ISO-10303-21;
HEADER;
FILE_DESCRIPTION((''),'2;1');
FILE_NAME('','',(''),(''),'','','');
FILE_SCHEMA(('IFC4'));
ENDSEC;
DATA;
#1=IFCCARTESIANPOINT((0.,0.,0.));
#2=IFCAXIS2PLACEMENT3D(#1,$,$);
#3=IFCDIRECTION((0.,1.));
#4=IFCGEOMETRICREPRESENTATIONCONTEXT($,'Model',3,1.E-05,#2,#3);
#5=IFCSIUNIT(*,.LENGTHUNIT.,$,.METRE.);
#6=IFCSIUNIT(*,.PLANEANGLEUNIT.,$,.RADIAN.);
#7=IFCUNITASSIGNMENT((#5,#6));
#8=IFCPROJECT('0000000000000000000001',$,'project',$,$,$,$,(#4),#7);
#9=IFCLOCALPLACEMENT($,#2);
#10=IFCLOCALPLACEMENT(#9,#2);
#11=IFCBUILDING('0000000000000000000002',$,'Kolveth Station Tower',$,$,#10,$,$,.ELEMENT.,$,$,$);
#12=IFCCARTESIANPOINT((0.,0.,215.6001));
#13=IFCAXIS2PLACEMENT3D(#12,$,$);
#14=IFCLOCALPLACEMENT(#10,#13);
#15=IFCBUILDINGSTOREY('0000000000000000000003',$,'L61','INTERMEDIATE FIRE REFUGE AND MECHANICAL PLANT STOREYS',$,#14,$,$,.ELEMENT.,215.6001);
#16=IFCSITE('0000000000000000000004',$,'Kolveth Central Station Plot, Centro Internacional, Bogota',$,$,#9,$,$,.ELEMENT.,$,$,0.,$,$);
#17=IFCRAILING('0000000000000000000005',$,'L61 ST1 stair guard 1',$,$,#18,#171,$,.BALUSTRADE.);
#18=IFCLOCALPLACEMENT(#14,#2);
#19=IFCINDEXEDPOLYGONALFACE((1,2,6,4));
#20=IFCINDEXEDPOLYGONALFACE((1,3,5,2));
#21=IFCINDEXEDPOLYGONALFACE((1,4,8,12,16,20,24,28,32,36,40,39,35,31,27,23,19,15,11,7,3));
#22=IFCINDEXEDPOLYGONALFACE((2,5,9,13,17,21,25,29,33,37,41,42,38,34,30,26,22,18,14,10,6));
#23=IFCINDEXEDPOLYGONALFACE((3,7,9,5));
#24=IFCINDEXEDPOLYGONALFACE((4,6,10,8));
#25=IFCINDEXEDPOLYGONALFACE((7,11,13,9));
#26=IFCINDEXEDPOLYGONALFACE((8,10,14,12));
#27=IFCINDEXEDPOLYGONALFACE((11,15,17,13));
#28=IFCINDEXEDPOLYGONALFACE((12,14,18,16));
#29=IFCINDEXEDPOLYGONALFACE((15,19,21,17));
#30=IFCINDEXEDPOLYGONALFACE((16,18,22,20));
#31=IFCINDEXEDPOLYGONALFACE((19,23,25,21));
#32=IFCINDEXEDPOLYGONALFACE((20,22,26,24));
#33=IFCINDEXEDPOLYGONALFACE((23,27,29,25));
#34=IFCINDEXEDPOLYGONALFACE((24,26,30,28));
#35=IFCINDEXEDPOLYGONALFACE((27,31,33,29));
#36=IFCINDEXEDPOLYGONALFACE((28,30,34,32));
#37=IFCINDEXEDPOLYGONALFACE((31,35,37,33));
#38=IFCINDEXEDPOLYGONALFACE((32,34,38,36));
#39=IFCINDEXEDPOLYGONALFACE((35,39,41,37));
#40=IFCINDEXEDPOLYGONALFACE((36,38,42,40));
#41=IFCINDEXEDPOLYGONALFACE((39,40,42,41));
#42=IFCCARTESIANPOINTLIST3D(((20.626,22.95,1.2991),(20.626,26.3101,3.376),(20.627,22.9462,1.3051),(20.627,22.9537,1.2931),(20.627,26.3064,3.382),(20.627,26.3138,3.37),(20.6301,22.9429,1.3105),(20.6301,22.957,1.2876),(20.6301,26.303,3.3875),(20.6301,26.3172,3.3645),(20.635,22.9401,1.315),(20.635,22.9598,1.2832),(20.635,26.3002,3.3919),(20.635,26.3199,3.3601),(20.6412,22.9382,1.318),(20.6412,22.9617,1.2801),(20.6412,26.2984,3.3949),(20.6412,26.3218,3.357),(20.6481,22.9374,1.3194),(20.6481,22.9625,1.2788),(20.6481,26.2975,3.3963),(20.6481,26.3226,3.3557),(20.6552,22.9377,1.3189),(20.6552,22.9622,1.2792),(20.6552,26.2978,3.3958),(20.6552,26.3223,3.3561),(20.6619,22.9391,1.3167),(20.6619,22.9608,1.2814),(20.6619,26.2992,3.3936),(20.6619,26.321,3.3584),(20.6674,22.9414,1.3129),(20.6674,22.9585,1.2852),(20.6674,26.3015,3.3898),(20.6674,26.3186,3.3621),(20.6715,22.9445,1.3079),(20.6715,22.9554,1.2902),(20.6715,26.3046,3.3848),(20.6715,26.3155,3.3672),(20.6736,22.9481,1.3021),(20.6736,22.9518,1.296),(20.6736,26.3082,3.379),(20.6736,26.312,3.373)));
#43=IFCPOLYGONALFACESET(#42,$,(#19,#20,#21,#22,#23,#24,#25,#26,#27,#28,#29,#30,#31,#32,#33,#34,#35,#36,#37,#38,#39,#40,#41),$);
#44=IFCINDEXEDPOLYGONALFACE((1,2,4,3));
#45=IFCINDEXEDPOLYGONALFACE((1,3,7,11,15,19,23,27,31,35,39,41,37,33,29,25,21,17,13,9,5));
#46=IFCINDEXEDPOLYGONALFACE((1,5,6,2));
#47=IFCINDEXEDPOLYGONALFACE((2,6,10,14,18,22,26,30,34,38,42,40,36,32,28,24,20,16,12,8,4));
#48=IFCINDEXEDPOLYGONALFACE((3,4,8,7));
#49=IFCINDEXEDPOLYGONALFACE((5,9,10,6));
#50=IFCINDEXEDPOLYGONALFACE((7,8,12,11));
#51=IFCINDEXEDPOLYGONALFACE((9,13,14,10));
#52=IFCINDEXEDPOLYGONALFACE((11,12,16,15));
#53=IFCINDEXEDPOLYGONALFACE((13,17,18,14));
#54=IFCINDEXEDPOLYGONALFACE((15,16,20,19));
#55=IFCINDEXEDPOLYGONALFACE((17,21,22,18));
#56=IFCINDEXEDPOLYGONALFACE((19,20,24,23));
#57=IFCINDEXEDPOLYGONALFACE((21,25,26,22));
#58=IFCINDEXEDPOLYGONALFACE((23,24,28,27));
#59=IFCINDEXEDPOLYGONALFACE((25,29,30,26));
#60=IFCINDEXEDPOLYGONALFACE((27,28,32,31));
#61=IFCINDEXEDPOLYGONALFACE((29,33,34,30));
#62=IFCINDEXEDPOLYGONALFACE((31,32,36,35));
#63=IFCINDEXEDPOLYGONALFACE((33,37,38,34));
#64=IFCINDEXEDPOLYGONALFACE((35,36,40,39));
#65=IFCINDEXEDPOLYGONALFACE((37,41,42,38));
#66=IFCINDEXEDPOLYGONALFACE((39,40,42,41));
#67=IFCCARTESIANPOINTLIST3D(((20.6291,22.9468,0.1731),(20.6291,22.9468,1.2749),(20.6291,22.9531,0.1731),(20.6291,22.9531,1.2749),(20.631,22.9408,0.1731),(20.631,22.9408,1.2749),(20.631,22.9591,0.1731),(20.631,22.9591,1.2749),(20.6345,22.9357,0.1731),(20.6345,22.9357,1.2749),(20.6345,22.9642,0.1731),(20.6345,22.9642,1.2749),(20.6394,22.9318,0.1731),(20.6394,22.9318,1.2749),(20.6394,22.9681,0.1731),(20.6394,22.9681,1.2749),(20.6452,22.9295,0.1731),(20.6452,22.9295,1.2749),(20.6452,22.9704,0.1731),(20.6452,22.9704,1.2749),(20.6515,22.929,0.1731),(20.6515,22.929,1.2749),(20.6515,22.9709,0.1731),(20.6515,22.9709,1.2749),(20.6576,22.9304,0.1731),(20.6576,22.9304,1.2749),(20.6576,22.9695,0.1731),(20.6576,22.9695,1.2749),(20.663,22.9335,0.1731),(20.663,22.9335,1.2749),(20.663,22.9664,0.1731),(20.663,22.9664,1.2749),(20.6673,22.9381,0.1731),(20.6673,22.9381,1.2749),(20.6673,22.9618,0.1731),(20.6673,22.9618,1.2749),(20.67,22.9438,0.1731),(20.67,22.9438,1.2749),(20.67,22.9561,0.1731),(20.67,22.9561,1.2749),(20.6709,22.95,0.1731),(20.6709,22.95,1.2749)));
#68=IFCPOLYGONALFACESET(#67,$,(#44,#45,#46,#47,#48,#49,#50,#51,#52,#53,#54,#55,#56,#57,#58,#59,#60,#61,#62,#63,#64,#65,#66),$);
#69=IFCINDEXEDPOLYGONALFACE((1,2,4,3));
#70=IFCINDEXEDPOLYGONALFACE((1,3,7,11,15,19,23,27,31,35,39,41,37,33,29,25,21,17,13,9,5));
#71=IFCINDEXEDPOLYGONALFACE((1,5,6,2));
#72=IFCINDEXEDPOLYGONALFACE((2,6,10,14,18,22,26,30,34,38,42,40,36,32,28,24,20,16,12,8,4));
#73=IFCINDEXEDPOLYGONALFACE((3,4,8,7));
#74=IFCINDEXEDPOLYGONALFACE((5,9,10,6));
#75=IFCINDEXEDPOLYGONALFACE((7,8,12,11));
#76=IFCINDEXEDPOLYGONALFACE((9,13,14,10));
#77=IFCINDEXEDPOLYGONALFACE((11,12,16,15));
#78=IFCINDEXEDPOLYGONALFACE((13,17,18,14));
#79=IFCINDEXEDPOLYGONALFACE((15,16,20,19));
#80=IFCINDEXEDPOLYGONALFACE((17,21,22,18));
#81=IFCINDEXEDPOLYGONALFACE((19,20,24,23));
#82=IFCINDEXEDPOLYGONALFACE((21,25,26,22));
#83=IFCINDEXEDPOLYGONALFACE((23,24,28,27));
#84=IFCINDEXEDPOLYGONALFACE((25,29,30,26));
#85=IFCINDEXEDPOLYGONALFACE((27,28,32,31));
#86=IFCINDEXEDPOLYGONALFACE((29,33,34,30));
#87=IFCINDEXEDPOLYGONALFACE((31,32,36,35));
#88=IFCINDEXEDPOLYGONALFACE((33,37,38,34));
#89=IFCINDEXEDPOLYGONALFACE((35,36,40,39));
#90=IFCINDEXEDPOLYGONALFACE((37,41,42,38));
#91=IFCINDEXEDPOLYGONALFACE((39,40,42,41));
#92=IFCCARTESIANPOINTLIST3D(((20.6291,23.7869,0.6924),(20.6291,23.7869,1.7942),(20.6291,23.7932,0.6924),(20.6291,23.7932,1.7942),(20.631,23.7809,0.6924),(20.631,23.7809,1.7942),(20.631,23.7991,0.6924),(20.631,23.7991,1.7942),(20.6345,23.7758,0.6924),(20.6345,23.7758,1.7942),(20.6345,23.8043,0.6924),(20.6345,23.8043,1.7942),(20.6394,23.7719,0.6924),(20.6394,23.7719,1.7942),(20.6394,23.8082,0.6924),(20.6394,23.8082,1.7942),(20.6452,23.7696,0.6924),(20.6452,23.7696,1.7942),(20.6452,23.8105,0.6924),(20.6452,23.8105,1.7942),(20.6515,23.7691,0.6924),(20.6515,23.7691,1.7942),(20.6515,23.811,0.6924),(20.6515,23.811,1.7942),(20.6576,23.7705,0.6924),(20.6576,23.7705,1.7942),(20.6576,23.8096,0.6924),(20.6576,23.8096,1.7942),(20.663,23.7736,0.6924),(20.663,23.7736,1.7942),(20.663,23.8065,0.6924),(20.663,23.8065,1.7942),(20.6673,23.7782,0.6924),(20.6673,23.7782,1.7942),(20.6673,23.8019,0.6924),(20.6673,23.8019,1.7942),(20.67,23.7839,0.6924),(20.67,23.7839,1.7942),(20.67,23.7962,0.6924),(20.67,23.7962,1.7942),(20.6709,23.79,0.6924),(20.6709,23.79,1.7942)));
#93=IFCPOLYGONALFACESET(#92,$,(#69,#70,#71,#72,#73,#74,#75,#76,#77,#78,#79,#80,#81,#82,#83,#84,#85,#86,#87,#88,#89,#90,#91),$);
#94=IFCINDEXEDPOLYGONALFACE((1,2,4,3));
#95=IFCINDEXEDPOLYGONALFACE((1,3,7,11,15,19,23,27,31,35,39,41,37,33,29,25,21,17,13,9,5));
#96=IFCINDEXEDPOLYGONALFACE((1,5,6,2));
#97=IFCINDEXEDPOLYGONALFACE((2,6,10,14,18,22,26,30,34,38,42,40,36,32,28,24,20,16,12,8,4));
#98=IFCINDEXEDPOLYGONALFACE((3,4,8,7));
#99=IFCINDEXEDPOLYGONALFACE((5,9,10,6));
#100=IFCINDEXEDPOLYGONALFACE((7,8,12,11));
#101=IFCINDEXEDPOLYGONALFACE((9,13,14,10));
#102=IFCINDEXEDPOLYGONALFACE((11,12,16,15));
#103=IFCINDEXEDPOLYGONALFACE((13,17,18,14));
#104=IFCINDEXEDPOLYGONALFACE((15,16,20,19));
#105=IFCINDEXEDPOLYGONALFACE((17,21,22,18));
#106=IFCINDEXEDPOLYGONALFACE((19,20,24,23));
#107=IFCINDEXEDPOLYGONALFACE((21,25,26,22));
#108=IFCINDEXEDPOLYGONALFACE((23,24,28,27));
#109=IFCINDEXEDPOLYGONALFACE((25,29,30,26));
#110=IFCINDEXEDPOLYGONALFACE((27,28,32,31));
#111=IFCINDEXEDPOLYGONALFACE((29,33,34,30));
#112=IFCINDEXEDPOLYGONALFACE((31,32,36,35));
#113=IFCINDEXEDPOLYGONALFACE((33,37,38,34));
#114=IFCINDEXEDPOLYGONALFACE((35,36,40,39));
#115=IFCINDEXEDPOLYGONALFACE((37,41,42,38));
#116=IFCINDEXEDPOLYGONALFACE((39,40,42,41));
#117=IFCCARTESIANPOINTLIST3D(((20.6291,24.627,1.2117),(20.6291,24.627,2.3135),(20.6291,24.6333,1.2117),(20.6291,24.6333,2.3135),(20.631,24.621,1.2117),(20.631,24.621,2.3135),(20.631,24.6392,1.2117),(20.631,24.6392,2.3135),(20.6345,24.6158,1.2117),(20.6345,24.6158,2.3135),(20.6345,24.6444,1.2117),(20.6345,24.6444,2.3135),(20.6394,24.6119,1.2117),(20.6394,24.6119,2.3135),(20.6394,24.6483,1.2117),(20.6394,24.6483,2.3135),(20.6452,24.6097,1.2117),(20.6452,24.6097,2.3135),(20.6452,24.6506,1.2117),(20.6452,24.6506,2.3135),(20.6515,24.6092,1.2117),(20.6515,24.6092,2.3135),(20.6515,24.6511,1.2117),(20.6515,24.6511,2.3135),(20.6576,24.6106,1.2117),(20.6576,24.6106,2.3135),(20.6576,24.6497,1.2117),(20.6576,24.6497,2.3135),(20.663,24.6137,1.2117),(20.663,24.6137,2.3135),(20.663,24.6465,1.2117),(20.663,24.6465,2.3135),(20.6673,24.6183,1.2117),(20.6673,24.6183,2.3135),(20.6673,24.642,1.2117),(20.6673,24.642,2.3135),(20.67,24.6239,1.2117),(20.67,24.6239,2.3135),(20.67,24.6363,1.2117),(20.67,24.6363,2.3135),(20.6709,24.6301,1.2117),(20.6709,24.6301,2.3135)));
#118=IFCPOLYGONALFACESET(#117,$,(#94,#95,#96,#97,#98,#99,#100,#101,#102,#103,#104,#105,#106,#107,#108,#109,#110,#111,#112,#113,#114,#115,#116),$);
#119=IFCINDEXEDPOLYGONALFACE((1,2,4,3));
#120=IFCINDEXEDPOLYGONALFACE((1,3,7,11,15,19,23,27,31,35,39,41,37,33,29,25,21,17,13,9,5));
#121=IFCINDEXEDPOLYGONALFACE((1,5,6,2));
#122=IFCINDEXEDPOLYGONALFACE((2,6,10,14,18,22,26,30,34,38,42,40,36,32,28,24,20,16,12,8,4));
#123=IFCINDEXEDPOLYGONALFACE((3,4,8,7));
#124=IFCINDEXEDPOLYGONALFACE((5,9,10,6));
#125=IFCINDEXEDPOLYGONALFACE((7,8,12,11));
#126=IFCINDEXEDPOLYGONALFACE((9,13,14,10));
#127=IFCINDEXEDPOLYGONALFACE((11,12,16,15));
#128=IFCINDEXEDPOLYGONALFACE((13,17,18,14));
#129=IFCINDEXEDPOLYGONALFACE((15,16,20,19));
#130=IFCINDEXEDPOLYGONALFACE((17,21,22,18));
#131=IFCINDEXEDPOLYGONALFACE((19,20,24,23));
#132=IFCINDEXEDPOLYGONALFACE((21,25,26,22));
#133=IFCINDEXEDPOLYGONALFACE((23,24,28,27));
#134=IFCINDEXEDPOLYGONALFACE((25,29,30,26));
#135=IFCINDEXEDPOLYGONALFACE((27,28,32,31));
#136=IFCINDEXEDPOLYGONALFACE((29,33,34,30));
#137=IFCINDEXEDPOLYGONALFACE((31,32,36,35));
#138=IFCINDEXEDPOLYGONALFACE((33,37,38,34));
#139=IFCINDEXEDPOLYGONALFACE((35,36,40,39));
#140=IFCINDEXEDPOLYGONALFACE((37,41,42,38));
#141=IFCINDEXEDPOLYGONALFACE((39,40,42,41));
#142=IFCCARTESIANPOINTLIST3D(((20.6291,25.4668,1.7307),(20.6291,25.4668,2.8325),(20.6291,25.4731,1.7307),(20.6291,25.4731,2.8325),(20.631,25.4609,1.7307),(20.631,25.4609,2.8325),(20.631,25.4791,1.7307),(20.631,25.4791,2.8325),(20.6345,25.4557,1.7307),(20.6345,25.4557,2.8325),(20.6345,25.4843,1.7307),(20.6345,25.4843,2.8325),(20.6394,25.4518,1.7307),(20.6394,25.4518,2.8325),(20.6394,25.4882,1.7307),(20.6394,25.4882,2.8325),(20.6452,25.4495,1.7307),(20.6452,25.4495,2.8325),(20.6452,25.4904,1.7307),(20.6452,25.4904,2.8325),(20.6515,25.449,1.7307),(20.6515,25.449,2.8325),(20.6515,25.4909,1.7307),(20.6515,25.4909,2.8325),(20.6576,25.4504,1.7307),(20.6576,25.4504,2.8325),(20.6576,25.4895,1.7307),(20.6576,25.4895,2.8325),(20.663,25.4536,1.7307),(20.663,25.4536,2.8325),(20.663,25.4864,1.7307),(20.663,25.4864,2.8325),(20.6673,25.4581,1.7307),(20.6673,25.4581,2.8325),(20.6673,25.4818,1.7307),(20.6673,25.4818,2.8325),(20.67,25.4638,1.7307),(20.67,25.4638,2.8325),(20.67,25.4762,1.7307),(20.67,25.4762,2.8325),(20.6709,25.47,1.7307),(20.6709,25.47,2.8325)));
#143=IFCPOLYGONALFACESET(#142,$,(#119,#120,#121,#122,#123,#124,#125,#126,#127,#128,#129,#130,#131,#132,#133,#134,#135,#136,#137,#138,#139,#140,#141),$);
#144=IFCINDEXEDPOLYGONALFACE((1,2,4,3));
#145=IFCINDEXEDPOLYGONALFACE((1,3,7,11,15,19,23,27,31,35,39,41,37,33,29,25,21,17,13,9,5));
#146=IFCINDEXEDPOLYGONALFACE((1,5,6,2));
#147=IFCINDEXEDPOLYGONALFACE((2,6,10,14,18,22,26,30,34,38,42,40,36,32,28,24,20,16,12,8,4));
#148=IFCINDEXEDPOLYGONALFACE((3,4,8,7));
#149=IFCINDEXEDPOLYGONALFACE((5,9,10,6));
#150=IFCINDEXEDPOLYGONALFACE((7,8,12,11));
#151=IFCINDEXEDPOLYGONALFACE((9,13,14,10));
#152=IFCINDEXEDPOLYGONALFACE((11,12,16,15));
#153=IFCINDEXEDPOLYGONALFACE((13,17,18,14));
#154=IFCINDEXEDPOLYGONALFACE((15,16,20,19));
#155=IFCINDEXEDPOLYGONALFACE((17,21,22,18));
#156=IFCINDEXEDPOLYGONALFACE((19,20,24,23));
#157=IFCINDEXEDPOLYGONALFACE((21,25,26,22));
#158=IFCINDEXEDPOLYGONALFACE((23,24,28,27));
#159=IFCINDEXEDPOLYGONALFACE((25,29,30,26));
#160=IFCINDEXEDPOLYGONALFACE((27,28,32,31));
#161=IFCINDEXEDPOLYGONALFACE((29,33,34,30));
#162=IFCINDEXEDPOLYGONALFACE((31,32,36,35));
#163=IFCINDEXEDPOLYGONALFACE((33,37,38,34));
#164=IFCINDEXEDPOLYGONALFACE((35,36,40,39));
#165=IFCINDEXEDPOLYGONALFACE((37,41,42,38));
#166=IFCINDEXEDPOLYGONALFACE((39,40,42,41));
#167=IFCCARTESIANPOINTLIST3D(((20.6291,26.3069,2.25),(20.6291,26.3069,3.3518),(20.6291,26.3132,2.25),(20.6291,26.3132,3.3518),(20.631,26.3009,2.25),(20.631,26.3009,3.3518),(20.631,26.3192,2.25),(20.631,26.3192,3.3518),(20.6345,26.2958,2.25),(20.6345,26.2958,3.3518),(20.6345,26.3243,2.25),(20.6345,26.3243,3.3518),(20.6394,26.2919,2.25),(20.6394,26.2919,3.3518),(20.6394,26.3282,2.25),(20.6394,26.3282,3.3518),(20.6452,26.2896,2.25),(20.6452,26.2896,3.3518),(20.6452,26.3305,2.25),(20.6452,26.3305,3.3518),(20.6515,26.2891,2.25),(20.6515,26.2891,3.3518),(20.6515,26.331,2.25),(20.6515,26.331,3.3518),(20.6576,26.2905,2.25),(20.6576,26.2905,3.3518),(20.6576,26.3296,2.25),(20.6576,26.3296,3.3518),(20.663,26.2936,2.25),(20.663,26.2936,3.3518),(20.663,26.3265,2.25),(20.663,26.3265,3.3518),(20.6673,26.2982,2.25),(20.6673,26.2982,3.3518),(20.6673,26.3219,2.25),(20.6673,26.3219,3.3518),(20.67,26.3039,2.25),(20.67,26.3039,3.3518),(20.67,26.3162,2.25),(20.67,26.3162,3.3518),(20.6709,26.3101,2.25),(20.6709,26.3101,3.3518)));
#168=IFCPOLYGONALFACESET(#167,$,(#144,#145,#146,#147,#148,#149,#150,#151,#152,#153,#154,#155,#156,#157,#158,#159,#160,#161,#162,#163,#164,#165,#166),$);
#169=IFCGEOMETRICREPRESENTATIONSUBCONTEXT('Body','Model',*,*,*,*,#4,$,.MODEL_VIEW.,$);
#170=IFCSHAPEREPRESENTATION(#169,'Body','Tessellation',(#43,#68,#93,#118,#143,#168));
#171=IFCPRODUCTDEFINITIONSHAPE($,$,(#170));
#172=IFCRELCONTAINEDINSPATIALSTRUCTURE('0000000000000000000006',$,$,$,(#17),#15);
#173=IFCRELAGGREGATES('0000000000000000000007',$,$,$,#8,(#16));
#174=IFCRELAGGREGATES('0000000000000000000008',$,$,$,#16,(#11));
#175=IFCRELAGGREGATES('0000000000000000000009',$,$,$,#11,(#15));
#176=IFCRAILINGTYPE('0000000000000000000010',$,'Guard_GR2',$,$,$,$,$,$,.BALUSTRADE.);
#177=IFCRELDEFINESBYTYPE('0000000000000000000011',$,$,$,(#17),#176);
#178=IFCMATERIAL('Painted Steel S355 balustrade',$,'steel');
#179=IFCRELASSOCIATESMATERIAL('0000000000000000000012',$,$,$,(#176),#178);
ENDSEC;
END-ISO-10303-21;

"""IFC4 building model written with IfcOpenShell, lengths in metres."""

from ifc_helpers import new_model, si_unit, direction, frame, origin, origin_2d, place, context, subcontext, project, spatial, circle, extrude, material, type_object, element, save


model = new_model("IFC4")

# Units and contexts
model_context = context("Model", 3, precision=1e-05, world=origin(), true_north=direction((0.0, 1.0)))
body_context = subcontext(model_context, "Body", "Model", "MODEL_VIEW")
ifc_project = project(units=[si_unit("LENGTHUNIT", "METRE"), si_unit("PLANEANGLEUNIT", "RADIAN")], contexts=[model_context])

# Site, building, storey
site_placement = place(None, origin())
site = spatial("IfcSite", under=ifc_project, at=site_placement, Name="Kolveth Central Station Plot, Centro Internacional, Bogota", CompositionType="ELEMENT", RefElevation=0.0)
building_placement = place(site_placement, origin())
building = spatial("IfcBuilding", under=site, at=building_placement, Name="Kolveth Station Tower", CompositionType="ELEMENT")
storey_placement = place(building_placement, frame((0.0, 0.0, 215.6001)))
storey = spatial("IfcBuildingStorey", under=building, at=storey_placement, Name="L61", Description="INTERMEDIATE FIRE REFUGE AND MECHANICAL PLANT STOREYS", CompositionType="ELEMENT", Elevation=215.6001)

# Railing
ifc_material_1 = material(Name="Painted Steel S355 balustrade", Category="steel")
railing_type_1 = type_object("IfcRailingType", Name="Guard_GR2", PredefinedType="BALUSTRADE", material=ifc_material_1)
railing_1_placement = place(storey_placement, frame((20.6499, 22.95, 0.1731)))
element("IfcRailing", 1, at=railing_1_placement, inside=storey, type_object=railing_type_1, Name="L61 ST1 stair guard 1", PredefinedType="BALUSTRADE", context=body_context, shape_type="SweptSolid", body=[
    extrude(circle(Radius=0.0239, at=origin_2d()), frame((0.0, 0.0, 1.126), z_axis=(0.0, 0.850623, 0.525776), x_axis=(-1.0, 0.0, 0.0)), (0.0, 0.0, 1.0), 3.9502),
    extrude(circle(Radius=0.021, at=origin_2d()), origin(), (0.0, 0.0, 1.0), 1.1018),
    extrude(circle(Radius=0.021, at=origin_2d()), frame((0.0, 0.8401, 0.5193)), (0.0, 0.0, 1.0), 1.1018),
    extrude(circle(Radius=0.021, at=origin_2d()), frame((0.0, 1.6802, 1.0386)), (0.0, 0.0, 1.0), 1.1018),
    extrude(circle(Radius=0.021, at=origin_2d()), frame((0.0, 2.52, 1.5576)), (0.0, 0.0, 1.0), 1.1018),
    extrude(circle(Radius=0.021, at=origin_2d()), frame((0.0, 3.3601, 2.0769)), (0.0, 0.0, 1.0), 1.1018),
])

save(model, "model.ifc")
